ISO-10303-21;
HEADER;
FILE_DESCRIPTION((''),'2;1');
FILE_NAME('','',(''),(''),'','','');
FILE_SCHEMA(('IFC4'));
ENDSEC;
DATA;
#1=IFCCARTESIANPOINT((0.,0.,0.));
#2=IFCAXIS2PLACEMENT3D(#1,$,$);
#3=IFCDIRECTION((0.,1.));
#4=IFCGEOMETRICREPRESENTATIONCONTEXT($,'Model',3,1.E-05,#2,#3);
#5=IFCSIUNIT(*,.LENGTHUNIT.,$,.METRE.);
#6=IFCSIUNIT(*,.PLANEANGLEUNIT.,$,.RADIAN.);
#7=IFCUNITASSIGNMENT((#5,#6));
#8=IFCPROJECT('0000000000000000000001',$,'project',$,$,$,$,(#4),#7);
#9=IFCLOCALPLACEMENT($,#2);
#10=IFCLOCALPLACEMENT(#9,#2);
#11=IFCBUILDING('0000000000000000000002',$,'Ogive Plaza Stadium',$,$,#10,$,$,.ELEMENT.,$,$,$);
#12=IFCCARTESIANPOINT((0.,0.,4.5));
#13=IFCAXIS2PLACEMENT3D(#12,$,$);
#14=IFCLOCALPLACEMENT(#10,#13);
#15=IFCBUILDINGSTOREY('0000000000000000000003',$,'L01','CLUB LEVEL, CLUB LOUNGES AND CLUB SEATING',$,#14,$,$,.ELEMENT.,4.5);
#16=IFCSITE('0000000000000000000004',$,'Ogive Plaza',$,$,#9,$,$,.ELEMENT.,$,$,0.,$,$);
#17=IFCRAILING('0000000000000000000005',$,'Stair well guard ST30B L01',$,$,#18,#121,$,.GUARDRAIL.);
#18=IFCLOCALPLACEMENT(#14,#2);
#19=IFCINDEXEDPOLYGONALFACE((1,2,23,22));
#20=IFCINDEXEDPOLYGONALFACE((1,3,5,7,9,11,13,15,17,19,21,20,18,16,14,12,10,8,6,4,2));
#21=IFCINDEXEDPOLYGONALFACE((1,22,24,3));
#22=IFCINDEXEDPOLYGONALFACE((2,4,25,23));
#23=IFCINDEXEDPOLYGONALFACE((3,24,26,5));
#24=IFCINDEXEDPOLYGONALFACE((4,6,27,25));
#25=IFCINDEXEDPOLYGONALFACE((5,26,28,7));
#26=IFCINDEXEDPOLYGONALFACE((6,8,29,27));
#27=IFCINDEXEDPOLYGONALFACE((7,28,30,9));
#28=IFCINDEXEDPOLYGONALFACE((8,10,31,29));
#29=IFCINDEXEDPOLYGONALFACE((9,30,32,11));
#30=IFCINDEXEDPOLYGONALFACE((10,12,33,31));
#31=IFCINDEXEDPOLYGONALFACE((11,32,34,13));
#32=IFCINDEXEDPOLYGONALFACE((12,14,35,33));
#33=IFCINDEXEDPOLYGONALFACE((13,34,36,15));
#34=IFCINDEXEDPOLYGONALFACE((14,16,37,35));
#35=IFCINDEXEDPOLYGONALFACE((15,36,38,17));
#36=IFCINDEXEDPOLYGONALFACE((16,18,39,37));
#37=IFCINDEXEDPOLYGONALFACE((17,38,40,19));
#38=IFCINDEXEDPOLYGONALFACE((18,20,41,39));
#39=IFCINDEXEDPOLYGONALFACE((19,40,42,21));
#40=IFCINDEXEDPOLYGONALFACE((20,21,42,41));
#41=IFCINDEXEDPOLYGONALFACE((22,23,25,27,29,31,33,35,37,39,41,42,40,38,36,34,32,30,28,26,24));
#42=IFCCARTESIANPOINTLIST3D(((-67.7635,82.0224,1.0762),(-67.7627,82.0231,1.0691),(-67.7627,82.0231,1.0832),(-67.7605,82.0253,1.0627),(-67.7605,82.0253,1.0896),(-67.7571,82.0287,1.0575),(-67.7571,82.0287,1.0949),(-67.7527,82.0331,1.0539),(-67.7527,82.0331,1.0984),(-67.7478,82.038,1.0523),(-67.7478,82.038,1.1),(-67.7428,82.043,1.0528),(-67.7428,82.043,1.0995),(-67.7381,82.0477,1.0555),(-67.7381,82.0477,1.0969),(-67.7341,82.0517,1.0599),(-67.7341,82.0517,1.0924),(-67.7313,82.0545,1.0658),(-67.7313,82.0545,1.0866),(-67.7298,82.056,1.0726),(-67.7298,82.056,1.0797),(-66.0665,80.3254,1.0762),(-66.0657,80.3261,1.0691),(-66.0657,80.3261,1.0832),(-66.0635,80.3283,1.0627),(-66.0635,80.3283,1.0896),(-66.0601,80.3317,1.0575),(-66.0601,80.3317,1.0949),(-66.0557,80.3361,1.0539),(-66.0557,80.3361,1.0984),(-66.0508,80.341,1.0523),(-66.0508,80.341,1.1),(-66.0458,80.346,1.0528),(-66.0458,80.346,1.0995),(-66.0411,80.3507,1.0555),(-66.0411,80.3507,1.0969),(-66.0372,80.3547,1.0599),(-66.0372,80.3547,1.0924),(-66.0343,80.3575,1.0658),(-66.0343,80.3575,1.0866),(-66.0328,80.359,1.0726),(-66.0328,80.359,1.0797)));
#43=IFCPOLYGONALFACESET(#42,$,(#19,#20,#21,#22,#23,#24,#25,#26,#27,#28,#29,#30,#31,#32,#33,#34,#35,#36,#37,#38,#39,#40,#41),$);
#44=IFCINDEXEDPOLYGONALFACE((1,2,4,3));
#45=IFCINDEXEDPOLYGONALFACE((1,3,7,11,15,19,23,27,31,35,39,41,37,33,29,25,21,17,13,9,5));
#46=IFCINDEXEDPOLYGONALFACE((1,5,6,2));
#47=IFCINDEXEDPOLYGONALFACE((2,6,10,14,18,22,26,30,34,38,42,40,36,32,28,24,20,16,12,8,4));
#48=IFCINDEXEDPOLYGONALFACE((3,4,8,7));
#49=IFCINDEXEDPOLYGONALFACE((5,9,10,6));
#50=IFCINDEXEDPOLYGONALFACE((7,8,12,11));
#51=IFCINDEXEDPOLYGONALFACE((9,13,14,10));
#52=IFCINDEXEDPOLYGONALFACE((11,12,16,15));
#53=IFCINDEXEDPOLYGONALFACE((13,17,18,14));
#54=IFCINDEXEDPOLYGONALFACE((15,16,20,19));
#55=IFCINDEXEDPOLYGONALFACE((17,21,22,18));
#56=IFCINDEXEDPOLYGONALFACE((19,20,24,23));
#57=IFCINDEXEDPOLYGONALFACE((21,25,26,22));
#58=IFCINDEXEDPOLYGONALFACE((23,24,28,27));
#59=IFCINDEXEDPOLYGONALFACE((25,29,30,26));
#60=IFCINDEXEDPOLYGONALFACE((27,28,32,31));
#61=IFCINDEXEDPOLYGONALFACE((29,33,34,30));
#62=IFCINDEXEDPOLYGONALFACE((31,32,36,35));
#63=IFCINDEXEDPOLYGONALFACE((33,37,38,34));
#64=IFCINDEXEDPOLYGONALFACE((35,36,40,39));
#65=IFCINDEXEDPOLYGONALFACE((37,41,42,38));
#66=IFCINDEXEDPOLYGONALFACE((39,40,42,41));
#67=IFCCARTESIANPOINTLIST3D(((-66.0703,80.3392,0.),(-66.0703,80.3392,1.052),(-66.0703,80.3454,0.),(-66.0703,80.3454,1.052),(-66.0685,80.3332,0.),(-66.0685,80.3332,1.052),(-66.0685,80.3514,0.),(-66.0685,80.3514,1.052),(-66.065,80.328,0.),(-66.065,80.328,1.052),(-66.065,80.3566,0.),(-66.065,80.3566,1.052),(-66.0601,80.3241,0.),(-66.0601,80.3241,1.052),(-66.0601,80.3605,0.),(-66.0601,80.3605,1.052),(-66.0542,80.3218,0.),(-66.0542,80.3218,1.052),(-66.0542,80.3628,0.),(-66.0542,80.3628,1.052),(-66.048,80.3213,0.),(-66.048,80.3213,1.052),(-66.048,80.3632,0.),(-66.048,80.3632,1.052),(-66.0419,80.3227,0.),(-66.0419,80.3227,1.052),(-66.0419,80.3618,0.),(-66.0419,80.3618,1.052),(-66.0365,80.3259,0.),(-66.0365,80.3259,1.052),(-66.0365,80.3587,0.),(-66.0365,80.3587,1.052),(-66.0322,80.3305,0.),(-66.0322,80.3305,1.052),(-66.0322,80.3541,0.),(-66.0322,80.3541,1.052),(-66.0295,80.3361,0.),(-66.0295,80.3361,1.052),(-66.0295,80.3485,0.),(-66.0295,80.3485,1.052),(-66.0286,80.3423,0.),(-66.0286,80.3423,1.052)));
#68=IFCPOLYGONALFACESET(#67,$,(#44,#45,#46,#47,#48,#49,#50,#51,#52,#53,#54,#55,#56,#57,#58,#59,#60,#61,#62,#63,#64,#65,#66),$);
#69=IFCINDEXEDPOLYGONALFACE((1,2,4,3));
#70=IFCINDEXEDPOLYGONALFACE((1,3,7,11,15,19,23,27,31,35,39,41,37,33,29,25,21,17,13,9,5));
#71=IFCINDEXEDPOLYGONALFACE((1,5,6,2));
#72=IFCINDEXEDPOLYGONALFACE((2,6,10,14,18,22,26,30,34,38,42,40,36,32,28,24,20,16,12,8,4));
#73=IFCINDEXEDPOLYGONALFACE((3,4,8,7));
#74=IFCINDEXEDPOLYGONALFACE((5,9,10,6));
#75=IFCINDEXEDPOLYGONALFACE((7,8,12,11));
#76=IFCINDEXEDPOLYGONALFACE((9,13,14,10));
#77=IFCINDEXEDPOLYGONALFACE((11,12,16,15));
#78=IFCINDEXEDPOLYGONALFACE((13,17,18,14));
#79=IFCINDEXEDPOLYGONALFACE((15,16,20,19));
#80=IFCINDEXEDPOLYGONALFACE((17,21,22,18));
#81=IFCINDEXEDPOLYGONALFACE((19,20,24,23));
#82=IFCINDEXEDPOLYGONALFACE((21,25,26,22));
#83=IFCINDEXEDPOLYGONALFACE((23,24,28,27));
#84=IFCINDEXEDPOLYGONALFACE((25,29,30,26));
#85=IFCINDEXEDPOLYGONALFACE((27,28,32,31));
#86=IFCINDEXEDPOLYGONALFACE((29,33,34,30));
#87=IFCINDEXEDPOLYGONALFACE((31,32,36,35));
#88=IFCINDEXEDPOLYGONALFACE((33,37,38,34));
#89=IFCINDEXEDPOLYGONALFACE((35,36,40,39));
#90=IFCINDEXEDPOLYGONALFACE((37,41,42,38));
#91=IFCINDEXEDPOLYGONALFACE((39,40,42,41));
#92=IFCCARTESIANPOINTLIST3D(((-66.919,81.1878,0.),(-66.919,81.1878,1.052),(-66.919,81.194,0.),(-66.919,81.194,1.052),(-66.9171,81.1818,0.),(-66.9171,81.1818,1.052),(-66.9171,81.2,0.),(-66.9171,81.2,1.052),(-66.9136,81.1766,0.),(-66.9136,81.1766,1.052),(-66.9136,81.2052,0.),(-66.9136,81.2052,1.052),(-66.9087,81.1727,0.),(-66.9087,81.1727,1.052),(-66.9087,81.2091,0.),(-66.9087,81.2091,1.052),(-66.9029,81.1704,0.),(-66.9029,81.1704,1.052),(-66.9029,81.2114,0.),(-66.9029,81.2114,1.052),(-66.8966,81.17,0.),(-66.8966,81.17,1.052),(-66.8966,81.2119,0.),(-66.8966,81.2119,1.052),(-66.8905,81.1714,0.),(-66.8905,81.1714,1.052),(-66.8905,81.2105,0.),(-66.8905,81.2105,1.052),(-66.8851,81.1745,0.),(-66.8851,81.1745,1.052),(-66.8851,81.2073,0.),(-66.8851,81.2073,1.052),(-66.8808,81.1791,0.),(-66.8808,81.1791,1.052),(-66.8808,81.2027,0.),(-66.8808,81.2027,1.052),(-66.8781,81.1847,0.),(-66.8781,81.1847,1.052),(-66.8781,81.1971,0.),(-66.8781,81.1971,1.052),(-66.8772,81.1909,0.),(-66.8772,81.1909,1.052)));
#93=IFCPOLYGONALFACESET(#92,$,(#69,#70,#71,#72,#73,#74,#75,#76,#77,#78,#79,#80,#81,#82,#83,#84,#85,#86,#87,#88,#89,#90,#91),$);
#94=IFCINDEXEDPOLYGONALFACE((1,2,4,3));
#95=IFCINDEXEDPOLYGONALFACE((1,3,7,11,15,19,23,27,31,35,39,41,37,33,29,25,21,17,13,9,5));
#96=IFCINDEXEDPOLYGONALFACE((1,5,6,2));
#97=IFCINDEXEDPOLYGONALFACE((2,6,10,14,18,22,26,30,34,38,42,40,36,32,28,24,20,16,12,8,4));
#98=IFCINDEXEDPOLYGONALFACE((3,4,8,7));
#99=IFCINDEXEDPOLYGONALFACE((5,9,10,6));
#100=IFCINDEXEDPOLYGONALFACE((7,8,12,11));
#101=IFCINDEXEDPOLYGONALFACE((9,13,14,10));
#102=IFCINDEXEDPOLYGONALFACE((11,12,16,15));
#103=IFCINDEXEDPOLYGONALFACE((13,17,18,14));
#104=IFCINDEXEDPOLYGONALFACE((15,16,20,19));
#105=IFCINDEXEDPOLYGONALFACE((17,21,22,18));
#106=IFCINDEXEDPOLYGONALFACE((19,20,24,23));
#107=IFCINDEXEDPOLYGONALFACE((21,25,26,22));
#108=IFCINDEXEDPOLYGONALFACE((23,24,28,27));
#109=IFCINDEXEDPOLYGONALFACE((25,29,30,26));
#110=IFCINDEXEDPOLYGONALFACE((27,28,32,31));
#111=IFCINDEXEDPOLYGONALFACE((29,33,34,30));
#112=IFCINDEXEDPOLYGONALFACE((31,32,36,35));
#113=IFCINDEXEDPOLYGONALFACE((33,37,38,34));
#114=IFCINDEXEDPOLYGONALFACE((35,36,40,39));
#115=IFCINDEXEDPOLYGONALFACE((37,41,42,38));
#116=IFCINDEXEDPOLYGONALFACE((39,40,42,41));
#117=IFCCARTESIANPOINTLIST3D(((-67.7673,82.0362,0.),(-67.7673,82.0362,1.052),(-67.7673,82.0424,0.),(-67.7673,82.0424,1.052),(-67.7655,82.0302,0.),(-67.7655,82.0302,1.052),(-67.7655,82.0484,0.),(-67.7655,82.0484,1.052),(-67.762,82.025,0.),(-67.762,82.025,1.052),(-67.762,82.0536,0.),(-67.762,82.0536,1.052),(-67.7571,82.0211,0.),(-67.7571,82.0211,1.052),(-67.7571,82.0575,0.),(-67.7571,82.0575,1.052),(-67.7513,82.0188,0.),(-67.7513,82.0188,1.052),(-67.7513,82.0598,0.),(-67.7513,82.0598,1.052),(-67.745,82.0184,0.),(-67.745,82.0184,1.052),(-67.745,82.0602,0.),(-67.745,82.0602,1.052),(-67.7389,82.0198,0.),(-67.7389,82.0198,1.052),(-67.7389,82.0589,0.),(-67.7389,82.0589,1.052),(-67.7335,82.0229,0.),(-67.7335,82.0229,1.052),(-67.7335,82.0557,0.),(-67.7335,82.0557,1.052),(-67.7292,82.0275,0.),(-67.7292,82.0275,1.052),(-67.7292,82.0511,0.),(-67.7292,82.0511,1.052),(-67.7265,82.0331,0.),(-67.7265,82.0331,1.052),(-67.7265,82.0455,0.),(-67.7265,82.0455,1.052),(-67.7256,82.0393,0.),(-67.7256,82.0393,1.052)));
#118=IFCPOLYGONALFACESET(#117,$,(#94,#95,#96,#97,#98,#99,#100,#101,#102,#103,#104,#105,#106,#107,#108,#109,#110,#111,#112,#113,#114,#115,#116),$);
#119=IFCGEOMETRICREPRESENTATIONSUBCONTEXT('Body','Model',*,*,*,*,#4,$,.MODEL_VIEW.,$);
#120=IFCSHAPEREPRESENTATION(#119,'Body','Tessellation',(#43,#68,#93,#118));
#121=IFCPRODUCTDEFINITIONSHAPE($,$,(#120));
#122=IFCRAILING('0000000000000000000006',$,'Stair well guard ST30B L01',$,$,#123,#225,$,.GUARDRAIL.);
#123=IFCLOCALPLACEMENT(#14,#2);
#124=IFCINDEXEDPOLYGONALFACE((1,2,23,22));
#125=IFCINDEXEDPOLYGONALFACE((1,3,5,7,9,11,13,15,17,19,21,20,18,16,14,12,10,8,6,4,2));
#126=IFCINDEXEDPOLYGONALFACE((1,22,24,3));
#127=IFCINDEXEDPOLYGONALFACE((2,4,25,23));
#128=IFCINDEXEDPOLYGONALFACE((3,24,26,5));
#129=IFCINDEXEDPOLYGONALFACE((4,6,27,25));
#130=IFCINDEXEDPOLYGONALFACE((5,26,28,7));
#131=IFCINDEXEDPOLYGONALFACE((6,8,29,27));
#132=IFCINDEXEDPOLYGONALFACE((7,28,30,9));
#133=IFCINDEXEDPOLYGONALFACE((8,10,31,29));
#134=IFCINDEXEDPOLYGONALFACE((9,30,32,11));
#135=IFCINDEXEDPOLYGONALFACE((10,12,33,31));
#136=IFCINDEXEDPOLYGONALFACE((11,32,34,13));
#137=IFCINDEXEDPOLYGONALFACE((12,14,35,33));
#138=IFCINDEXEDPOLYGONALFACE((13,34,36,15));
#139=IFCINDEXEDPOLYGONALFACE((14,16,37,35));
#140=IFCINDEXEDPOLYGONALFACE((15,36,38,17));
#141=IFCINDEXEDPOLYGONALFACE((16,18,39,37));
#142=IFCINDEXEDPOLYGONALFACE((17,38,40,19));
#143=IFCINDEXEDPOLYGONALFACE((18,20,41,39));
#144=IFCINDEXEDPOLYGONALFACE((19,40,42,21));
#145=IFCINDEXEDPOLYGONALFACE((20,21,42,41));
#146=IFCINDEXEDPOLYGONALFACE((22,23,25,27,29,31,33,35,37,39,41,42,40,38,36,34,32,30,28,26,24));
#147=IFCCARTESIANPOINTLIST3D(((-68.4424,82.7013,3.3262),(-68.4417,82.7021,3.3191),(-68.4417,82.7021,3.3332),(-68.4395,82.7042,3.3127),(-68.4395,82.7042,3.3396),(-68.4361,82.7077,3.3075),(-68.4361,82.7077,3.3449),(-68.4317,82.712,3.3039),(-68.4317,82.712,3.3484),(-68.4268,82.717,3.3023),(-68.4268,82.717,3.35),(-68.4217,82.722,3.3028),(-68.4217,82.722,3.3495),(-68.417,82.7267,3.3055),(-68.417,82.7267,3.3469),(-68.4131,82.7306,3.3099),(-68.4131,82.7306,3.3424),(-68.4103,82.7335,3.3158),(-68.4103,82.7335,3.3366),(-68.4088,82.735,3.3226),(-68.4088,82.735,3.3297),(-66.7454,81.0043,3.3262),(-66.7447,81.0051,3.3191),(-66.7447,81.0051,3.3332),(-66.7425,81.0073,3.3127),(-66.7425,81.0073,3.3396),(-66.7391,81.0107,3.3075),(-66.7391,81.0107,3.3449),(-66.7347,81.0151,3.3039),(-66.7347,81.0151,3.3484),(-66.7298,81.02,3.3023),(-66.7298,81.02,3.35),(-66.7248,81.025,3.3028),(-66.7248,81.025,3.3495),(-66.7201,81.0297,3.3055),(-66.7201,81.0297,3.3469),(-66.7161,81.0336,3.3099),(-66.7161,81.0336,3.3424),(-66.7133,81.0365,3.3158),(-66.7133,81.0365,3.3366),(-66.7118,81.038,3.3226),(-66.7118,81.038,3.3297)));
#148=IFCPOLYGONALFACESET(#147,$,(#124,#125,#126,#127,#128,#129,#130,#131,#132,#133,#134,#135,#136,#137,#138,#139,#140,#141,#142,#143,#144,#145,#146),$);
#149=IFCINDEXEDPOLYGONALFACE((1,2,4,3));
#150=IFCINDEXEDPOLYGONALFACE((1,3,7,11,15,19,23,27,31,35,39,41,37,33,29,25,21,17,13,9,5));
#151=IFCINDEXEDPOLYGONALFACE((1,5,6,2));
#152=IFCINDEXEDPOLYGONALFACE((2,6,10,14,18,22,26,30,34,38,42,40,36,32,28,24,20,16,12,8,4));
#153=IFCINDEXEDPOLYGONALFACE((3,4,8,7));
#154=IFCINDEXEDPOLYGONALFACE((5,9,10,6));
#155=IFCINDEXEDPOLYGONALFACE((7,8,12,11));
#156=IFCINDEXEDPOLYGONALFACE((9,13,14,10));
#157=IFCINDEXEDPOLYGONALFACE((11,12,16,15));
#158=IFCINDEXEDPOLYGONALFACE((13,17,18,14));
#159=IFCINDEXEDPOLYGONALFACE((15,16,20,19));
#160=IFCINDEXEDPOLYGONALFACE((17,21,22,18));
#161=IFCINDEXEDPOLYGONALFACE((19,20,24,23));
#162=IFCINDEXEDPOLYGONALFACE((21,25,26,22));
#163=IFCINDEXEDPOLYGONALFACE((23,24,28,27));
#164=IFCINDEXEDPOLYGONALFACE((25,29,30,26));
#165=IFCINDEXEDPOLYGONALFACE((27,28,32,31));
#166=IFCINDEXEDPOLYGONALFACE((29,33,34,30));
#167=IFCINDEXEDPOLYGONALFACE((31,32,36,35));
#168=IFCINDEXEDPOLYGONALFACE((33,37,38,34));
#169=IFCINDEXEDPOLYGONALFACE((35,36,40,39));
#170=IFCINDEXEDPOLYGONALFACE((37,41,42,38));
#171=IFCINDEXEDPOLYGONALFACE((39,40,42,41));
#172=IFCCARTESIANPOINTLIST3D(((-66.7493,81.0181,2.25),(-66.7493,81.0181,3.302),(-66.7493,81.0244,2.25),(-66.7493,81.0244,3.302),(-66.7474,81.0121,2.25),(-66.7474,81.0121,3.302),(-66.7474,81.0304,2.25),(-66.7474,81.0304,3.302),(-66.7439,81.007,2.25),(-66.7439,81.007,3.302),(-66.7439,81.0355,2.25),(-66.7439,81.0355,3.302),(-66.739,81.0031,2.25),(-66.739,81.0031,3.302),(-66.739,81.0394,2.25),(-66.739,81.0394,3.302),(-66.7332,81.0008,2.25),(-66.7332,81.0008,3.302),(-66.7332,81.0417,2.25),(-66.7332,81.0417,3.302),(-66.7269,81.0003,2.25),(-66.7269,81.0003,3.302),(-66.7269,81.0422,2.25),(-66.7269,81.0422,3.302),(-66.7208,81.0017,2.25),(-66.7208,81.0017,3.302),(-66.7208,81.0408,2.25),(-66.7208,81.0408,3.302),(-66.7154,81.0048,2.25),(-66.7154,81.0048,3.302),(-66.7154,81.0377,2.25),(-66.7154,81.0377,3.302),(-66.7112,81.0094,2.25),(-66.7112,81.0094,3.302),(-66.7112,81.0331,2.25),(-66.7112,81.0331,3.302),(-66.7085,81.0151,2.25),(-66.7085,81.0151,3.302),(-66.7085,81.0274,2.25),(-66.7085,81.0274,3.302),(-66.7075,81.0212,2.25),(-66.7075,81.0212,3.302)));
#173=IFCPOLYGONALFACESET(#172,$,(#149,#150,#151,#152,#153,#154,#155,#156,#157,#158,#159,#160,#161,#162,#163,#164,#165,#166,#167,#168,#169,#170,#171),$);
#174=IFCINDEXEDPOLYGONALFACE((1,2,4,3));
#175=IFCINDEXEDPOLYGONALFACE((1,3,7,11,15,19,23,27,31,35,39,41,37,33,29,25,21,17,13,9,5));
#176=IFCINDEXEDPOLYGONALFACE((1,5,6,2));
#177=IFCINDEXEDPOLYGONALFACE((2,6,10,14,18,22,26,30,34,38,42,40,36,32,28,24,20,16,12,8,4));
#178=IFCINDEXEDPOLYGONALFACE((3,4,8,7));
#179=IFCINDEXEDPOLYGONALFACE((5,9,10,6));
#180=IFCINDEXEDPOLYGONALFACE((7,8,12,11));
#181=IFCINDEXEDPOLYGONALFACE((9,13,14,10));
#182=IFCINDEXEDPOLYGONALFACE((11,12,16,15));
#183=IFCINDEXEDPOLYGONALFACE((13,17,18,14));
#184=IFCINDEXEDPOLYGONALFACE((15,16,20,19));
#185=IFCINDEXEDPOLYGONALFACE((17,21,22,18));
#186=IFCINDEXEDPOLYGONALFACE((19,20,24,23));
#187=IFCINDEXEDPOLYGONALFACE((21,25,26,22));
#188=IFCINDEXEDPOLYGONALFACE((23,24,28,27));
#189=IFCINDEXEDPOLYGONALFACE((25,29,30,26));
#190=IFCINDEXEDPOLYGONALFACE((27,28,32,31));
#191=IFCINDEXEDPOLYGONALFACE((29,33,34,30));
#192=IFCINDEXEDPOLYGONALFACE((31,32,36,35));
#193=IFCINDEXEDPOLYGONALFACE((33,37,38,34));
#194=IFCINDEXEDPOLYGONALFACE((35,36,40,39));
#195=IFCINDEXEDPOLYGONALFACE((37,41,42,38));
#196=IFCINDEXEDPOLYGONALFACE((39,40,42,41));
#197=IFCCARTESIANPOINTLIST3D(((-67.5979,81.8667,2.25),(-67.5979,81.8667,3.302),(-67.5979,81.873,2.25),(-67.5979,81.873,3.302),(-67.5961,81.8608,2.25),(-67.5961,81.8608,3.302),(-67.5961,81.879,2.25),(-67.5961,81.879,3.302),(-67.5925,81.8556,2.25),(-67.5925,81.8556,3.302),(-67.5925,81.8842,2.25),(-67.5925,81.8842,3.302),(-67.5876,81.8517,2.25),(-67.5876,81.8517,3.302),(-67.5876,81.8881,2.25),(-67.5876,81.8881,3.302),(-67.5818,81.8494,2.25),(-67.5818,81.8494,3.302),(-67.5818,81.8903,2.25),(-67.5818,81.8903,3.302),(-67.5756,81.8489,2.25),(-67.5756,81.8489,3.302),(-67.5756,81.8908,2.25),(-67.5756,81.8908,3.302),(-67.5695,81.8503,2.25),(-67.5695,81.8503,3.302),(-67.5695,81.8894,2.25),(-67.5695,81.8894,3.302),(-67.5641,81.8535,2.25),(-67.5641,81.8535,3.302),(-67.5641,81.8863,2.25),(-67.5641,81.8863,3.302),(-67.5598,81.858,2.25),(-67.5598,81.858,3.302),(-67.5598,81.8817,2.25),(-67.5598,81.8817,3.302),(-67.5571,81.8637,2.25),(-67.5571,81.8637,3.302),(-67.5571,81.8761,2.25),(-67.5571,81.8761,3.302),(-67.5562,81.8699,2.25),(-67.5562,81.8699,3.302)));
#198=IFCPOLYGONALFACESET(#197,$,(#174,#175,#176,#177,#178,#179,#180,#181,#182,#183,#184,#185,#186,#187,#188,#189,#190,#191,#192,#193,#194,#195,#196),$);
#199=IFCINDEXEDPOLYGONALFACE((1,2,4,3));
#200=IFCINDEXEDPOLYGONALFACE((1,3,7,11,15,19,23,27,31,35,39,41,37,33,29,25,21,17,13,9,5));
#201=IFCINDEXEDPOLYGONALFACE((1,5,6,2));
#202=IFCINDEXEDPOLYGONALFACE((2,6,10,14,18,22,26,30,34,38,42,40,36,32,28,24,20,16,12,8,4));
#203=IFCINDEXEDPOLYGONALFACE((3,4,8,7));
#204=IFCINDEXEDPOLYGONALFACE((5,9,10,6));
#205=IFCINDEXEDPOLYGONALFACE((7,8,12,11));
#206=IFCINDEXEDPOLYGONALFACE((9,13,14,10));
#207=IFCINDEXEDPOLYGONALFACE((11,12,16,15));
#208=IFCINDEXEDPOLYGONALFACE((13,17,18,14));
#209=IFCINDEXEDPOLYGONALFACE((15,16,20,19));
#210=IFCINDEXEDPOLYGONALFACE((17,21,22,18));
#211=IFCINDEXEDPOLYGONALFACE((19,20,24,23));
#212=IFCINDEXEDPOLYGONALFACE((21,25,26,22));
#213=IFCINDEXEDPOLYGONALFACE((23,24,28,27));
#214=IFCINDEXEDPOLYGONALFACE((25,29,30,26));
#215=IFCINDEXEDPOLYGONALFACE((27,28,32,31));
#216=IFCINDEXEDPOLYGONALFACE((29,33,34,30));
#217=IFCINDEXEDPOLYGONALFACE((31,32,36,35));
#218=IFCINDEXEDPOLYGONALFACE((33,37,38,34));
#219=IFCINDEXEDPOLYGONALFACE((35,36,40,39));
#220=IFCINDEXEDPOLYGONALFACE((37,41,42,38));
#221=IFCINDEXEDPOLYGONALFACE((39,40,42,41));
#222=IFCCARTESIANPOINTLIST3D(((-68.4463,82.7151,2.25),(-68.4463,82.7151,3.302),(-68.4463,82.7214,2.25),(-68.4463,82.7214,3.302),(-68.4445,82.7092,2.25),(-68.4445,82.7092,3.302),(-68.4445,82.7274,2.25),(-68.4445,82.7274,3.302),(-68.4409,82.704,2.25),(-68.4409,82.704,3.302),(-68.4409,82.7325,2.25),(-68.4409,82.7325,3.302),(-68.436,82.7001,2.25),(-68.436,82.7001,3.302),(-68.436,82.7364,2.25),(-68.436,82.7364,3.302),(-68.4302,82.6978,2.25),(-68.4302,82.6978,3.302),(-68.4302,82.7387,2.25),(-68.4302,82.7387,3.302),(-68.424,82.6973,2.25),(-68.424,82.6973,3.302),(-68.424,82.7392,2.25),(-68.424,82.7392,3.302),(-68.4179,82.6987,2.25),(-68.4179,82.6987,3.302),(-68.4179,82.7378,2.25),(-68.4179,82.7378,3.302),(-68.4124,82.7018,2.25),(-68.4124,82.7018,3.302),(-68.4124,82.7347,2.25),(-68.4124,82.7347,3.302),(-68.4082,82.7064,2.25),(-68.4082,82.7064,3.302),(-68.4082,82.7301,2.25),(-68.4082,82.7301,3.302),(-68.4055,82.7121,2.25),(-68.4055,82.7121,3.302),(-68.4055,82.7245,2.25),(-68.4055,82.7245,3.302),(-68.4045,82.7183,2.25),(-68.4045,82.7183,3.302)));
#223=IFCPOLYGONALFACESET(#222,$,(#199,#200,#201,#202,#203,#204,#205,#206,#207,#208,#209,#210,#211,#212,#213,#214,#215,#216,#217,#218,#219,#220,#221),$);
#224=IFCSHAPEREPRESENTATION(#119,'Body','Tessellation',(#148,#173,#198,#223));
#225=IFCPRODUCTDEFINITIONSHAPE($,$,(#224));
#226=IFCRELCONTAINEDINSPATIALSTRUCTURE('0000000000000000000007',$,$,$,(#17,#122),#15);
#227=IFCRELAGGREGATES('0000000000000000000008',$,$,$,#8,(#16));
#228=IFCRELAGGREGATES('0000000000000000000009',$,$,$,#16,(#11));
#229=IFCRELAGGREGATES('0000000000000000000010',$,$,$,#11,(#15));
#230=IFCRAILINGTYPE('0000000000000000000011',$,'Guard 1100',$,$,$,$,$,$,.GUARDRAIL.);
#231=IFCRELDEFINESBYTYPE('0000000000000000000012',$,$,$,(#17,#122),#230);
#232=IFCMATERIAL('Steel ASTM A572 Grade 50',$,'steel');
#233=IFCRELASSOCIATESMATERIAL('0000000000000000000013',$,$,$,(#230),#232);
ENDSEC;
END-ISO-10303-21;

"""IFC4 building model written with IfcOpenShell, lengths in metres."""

from ifc_helpers import new_model, si_unit, direction, frame, origin, origin_2d, place, context, subcontext, project, spatial, circle, extrude, material, type_object, element, save


model = new_model("IFC4")

# Units and contexts
model_context = context("Model", 3, precision=1e-05, world=origin(), true_north=direction((0.0, 1.0)))
body_context = subcontext(model_context, "Body", "Model", "MODEL_VIEW")
ifc_project = project(units=[si_unit("LENGTHUNIT", "METRE"), si_unit("PLANEANGLEUNIT", "RADIAN")], contexts=[model_context])

# Site, building, storey
site_placement = place(None, origin())
site = spatial("IfcSite", under=ifc_project, at=site_placement, Name="Ogive Plaza", CompositionType="ELEMENT", RefElevation=0.0)
building_placement = place(site_placement, origin())
building = spatial("IfcBuilding", under=site, at=building_placement, Name="Ogive Plaza Stadium", CompositionType="ELEMENT")
storey_placement = place(building_placement, frame((0.0, 0.0, 4.5)))
storey = spatial("IfcBuildingStorey", under=building, at=storey_placement, Name="L01", Description="CLUB LEVEL, CLUB LOUNGES AND CLUB SEATING", CompositionType="ELEMENT", Elevation=4.5)

# Railings
ifc_material_1 = material(Name="Steel ASTM A572 Grade 50", Category="steel")
railing_type_1 = type_object("IfcRailingType", Name="Guard 1100", PredefinedType="GUARDRAIL", material=ifc_material_1)
for number, where, name in (
    (1, (-66.0496, 80.3423, 0.0), "Stair well guard ST30B L01"),
    (2, (-66.7285, 81.0212, 2.25), "Stair well guard ST30B L01"),
):
    element("IfcRailing", number, at=place(storey_placement, frame(where)), inside=storey, type_object=railing_type_1, Name=name, PredefinedType="GUARDRAIL", context=body_context, shape_type="SweptSolid", body=[
        extrude(circle(Radius=0.0239, at=origin_2d()), frame((0.0, 0.0, 1.0762), z_axis=(-0.707107, 0.707107, 0.0), x_axis=(-0.707107, -0.707107, 0.0)), (0.0, 0.0, 1.0), 2.3999),
        extrude(circle(Radius=0.021, at=origin_2d()), origin(), (0.0, 0.0, 1.0), 1.052),
        extrude(circle(Radius=0.021, at=origin_2d()), frame((-0.8486, 0.8486, 0.0)), (0.0, 0.0, 1.0), 1.052),
        extrude(circle(Radius=0.021, at=origin_2d()), frame((-1.697, 1.697, 0.0)), (0.0, 0.0, 1.0), 1.052),
    ])

save(model, "model.ifc")
